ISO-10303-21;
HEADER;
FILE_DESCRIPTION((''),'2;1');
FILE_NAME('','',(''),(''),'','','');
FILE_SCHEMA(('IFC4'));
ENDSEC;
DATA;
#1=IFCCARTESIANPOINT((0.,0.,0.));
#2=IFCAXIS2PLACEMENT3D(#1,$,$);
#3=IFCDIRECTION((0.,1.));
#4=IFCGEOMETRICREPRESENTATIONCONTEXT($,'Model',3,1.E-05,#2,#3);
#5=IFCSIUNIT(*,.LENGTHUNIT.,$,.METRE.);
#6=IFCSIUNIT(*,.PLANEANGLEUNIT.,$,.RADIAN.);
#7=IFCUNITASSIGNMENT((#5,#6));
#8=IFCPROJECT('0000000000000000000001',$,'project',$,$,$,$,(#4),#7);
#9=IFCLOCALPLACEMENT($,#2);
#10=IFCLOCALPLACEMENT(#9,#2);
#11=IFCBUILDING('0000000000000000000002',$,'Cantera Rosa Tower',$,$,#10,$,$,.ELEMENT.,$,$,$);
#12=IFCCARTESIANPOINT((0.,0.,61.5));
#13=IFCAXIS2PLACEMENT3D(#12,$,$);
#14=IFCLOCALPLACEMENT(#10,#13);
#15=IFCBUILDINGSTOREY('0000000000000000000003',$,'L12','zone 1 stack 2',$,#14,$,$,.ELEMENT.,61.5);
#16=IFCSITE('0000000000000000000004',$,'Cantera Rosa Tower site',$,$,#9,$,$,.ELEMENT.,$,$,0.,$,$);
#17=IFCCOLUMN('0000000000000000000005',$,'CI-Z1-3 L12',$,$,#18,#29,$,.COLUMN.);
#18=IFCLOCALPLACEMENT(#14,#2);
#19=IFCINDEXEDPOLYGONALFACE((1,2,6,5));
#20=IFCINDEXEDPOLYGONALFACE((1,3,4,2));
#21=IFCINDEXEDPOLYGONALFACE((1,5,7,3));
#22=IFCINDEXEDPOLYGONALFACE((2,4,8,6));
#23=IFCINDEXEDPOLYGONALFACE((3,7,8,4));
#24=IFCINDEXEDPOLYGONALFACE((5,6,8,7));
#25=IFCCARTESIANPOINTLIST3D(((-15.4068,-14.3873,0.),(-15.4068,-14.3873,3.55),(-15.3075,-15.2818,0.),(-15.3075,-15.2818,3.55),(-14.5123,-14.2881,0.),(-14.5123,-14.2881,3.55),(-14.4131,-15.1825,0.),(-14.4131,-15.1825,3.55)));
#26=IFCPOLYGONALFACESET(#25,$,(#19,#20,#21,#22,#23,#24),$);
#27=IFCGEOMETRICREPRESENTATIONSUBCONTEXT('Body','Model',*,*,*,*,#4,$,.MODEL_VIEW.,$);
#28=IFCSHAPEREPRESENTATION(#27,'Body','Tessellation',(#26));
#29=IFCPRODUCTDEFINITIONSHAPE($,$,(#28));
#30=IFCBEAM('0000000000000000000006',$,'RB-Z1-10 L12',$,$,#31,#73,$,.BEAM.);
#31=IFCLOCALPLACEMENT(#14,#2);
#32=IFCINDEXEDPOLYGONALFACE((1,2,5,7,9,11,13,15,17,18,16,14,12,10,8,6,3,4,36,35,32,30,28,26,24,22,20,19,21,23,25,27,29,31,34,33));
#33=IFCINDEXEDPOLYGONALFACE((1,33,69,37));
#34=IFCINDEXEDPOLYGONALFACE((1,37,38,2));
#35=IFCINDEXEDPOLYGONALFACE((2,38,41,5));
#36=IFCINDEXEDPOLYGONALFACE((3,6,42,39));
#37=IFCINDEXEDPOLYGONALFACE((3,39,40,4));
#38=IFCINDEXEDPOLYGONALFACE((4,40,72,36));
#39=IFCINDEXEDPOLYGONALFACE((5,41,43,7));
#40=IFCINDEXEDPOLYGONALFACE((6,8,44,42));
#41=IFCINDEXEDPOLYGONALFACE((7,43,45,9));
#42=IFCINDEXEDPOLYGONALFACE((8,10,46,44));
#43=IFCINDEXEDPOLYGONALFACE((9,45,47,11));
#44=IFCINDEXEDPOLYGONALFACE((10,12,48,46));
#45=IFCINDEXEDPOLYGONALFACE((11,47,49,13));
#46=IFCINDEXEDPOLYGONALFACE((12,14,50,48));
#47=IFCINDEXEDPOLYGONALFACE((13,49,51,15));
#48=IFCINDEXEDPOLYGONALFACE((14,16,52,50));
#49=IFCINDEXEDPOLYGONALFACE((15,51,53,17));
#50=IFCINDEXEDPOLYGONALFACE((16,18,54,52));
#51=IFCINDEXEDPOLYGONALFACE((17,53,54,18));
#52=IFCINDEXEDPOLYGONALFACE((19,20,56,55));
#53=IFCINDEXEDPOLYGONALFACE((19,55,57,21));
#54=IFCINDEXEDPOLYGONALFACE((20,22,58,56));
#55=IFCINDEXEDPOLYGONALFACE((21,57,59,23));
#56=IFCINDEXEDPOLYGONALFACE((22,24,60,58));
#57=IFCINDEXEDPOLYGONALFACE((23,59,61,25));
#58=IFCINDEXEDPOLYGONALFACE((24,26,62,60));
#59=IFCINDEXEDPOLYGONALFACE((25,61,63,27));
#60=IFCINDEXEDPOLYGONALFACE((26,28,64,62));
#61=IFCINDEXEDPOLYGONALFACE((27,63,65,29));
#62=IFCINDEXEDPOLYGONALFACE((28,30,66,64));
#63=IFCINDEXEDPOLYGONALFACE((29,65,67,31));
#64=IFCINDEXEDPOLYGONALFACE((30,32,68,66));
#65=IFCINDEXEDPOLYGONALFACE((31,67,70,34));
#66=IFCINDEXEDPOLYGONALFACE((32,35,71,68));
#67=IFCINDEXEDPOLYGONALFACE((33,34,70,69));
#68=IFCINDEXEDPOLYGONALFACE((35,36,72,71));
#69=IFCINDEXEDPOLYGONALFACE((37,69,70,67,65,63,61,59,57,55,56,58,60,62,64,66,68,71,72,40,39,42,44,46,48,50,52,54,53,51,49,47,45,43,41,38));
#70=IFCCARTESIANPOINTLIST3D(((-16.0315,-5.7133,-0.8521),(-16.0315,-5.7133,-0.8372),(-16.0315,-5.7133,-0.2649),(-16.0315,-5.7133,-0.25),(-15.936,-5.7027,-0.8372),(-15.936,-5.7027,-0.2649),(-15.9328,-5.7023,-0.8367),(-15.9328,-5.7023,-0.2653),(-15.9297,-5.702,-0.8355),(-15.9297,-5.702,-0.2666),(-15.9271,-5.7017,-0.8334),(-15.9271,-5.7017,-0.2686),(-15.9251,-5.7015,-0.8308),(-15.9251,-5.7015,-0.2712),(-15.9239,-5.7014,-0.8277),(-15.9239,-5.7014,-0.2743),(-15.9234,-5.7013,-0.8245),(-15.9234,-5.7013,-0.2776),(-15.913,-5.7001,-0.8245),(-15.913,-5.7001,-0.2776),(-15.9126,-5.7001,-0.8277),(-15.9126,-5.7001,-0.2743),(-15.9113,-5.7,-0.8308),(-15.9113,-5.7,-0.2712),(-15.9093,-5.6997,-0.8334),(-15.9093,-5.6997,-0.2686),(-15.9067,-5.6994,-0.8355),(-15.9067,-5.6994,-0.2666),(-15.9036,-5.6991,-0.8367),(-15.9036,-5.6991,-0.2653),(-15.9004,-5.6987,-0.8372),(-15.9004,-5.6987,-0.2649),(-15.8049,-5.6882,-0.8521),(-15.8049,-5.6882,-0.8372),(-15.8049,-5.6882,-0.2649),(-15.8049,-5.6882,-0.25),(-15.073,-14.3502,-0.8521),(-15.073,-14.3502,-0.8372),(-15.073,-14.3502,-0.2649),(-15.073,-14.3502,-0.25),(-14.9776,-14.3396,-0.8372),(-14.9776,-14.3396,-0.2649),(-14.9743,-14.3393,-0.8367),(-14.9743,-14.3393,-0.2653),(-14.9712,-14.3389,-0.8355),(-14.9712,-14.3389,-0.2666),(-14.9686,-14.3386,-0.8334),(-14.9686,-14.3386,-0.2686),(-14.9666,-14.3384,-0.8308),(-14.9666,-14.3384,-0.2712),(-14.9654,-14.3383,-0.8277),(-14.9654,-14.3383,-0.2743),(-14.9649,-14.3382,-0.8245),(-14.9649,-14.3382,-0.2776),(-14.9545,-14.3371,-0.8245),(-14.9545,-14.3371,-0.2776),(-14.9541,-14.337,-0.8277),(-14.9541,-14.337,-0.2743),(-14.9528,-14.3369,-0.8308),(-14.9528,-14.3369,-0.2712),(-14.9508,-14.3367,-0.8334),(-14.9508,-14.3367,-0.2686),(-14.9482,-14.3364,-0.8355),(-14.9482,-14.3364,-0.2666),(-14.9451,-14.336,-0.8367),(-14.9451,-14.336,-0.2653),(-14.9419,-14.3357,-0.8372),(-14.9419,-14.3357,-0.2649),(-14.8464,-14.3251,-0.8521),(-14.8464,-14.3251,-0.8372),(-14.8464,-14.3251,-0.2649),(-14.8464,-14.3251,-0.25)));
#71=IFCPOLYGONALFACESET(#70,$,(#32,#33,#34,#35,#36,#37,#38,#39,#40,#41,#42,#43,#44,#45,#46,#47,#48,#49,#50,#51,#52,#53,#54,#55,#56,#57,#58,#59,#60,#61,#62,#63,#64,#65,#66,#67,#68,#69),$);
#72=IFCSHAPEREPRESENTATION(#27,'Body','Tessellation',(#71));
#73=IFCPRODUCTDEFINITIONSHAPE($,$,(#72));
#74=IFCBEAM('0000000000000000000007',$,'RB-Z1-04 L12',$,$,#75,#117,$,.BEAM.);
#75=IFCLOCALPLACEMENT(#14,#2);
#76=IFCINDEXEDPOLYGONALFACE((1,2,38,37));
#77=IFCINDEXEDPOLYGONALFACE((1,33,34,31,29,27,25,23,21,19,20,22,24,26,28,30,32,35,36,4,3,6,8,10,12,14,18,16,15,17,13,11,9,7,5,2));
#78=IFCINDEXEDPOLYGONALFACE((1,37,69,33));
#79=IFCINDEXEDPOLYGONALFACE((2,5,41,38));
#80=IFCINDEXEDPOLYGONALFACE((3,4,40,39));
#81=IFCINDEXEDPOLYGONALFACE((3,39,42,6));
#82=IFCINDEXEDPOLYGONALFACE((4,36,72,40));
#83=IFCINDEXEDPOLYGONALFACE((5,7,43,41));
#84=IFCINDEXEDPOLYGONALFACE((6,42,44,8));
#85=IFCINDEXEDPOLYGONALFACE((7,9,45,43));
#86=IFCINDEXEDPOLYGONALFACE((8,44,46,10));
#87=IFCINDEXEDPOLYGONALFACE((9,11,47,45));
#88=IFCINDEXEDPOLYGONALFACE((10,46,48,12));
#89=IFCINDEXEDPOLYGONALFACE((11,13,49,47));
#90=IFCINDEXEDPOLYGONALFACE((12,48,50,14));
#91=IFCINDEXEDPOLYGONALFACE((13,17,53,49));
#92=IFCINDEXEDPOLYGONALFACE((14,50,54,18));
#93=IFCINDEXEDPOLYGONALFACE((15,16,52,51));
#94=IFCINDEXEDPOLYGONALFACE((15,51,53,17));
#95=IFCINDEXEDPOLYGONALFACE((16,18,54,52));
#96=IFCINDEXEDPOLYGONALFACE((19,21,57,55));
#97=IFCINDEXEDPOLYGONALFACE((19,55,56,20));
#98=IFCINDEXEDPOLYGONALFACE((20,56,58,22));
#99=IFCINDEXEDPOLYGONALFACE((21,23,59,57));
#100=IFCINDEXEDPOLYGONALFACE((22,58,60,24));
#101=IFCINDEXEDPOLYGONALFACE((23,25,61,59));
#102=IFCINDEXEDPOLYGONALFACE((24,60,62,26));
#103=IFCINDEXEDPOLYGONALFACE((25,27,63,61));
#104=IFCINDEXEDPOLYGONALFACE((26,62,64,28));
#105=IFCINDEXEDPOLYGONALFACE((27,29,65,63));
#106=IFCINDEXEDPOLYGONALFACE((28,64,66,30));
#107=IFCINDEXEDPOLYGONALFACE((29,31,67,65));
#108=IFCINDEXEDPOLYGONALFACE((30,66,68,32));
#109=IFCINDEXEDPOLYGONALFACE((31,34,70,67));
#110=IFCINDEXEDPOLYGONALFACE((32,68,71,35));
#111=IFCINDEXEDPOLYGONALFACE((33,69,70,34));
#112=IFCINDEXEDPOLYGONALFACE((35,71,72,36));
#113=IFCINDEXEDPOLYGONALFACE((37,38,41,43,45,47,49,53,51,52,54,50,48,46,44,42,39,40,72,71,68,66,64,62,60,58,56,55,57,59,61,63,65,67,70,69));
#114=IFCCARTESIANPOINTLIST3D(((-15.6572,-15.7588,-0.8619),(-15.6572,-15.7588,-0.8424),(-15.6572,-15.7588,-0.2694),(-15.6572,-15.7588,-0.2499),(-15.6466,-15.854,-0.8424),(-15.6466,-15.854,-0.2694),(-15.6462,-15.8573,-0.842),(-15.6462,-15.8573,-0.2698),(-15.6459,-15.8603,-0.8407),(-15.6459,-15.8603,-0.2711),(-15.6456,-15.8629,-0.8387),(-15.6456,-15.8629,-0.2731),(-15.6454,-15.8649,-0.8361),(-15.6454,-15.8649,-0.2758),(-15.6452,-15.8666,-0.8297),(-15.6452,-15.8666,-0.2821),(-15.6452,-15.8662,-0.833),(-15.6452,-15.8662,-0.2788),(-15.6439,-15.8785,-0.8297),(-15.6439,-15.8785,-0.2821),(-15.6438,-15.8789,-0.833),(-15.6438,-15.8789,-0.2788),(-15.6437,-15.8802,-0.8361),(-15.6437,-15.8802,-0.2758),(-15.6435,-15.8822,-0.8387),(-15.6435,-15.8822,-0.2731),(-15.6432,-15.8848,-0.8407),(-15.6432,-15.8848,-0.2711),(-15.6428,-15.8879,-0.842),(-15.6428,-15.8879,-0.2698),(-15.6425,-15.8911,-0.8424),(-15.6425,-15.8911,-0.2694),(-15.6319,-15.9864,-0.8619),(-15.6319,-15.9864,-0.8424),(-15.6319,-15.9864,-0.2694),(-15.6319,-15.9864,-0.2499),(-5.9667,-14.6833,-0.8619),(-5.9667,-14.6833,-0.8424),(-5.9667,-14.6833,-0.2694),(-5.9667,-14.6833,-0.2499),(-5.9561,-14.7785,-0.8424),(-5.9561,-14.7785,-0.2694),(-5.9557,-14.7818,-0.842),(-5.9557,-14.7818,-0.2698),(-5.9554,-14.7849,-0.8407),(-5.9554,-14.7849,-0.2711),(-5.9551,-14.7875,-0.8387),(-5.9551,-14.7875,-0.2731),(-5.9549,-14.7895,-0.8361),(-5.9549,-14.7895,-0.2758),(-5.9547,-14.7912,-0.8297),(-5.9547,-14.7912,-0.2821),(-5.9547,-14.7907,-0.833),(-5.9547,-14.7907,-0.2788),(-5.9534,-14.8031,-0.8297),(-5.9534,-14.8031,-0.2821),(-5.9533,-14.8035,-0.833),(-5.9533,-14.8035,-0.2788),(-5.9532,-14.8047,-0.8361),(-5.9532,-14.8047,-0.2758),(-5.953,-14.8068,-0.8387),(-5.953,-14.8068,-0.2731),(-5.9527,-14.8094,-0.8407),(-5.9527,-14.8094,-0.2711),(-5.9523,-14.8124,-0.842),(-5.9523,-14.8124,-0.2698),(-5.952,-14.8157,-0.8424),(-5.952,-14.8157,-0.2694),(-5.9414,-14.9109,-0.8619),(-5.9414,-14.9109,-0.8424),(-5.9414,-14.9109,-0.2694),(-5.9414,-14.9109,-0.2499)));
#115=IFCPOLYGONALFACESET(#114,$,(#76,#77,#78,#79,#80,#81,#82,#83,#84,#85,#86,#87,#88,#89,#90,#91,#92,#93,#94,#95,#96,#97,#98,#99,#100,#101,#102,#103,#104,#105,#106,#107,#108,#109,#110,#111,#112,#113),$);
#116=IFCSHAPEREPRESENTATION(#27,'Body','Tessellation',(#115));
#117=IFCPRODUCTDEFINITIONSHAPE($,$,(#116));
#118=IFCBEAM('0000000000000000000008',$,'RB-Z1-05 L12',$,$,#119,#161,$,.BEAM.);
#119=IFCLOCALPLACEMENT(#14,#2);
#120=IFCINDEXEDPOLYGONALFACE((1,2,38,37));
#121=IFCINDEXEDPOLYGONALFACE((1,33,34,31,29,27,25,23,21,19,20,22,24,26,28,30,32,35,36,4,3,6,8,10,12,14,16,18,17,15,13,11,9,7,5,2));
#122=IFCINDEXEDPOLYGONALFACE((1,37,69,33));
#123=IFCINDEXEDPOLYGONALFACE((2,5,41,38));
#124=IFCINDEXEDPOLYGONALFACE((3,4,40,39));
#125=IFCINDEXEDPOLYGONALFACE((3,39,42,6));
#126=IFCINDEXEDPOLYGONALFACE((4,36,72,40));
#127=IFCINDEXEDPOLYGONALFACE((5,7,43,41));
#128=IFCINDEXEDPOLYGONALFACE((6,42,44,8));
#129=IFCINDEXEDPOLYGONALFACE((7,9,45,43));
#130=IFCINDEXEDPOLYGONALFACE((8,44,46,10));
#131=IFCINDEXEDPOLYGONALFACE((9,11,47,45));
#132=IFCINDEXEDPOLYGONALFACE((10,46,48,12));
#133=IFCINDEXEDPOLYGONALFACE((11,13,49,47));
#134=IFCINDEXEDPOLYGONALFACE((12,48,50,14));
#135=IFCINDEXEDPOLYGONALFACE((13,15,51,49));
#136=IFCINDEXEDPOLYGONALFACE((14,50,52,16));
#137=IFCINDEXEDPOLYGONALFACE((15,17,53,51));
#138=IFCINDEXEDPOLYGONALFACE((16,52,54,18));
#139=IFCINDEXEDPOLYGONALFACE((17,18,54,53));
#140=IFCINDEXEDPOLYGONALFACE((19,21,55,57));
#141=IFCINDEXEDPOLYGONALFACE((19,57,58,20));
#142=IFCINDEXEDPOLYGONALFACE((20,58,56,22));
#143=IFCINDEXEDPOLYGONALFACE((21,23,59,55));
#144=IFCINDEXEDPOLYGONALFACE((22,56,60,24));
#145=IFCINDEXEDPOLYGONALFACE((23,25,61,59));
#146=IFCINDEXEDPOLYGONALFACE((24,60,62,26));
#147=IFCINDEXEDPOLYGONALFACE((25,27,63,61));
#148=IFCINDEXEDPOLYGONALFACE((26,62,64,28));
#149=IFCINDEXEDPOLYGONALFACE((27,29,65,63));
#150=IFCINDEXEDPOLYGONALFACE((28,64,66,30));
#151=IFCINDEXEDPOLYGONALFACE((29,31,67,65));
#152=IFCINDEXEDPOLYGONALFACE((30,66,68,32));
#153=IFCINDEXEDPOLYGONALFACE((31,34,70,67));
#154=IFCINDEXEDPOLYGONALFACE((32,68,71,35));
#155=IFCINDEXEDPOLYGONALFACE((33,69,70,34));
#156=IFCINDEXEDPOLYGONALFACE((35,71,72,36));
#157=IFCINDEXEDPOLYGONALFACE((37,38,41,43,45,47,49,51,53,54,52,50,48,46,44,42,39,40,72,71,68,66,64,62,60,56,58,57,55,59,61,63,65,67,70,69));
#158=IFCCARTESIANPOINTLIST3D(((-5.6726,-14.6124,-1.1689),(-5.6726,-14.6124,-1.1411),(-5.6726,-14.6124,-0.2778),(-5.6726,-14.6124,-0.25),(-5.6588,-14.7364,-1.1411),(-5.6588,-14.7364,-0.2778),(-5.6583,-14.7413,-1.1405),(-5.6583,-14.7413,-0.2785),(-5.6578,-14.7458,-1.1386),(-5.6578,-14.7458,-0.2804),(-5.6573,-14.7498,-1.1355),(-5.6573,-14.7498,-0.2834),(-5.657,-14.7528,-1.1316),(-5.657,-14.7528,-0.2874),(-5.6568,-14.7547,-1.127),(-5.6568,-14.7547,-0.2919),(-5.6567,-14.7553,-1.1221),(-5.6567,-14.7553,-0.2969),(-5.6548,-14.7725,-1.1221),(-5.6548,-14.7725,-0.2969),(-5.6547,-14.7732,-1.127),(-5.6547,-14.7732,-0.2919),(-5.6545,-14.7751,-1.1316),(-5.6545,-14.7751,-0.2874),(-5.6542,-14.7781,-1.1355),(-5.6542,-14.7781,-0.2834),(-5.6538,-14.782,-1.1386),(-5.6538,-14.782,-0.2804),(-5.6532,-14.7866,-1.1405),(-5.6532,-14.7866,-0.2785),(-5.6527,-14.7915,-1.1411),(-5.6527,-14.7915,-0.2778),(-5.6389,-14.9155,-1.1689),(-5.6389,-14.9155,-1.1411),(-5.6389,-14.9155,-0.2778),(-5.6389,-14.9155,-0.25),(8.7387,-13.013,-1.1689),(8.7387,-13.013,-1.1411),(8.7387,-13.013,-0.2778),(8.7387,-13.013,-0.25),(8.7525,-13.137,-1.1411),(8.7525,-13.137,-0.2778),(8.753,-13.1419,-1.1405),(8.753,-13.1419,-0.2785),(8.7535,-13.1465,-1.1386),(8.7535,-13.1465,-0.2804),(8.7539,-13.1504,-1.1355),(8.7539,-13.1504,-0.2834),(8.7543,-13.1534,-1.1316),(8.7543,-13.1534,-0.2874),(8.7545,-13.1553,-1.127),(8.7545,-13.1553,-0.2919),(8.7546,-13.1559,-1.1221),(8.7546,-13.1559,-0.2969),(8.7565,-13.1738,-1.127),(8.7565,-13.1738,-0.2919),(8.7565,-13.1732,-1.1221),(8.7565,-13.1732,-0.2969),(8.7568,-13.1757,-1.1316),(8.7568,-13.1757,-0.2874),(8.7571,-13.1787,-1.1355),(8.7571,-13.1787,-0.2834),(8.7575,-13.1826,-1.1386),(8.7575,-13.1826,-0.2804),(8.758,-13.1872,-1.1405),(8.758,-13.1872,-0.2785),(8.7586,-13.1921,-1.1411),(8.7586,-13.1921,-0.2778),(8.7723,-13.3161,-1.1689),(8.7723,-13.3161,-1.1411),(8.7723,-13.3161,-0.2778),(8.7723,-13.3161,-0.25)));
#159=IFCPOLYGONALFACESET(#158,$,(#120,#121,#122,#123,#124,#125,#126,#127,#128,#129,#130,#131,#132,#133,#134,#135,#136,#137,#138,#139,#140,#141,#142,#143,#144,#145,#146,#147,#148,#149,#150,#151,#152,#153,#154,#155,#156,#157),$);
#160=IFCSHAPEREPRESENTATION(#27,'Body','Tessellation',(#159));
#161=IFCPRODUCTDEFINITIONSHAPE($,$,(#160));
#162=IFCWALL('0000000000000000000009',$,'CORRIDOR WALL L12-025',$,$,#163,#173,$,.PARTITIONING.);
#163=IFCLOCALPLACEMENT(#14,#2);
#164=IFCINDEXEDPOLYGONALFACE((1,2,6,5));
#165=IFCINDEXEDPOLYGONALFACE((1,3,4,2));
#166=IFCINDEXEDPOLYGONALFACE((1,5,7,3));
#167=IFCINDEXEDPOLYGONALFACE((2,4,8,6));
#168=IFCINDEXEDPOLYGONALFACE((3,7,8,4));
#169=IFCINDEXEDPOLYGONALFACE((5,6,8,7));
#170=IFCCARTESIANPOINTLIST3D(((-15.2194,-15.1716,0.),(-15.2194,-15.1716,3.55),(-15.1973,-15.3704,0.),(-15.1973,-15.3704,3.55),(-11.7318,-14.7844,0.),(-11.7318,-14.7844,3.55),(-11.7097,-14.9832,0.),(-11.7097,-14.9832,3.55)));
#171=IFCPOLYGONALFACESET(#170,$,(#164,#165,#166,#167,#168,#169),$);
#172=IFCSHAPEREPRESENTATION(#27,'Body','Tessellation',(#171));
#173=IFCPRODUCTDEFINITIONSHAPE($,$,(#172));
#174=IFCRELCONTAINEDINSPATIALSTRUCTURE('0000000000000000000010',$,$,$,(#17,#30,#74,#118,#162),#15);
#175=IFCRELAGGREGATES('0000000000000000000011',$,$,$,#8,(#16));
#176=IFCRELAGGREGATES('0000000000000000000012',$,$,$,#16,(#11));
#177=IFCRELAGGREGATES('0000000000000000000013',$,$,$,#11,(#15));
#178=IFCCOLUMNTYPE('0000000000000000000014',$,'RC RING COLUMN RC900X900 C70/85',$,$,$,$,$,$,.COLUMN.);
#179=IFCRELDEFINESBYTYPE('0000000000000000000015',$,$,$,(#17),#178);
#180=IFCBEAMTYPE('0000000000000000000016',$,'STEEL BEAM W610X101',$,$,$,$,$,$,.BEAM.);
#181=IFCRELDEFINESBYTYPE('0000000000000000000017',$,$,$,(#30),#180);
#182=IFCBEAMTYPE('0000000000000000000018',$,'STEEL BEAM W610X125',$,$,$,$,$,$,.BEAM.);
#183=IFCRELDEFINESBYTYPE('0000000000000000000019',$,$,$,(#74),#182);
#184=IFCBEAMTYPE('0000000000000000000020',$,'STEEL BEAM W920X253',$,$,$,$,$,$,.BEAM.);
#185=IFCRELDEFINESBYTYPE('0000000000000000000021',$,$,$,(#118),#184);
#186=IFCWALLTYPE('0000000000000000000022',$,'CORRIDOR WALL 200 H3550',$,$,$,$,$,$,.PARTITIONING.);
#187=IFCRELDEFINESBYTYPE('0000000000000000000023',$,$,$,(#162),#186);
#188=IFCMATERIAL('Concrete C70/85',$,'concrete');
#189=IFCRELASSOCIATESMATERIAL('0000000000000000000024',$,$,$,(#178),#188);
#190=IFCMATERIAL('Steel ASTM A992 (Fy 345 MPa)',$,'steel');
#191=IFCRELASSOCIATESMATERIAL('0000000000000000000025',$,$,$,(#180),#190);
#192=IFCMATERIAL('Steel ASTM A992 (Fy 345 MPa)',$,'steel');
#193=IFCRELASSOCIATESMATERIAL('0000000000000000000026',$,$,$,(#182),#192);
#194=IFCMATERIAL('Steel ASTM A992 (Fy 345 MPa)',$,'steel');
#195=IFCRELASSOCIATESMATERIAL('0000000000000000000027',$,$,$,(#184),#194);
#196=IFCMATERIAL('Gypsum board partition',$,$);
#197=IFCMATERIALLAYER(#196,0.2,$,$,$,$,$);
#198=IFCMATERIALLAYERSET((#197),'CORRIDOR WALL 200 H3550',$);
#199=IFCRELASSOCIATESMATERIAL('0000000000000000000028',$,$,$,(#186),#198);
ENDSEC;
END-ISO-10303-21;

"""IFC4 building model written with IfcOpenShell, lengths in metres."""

from ifc_helpers import new_model, si_unit, direction, frame, frame_2d, origin, origin_2d, place, context, subcontext, project, spatial, rectangle, i_section, extrude, material, layer, layer_set, material_profile, profile_set, type_object, element, save


model = new_model("IFC4")

# Units and contexts
model_context = context("Model", 3, precision=1e-05, world=origin(), true_north=direction((0.0, 1.0)))
body_context = subcontext(model_context, "Body", "Model", "MODEL_VIEW")
ifc_project = project(units=[si_unit("LENGTHUNIT", "METRE"), si_unit("PLANEANGLEUNIT", "RADIAN")], contexts=[model_context])

# Site, building, storey
site_placement = place(None, origin())
site = spatial("IfcSite", under=ifc_project, at=site_placement, Name="Cantera Rosa Tower site", CompositionType="ELEMENT", RefElevation=0.0)
building_placement = place(site_placement, origin())
building = spatial("IfcBuilding", under=site, at=building_placement, Name="Cantera Rosa Tower", CompositionType="ELEMENT")
storey_placement = place(building_placement, frame((0.0, 0.0, 61.5)))
storey = spatial("IfcBuildingStorey", under=building, at=storey_placement, Name="L12", Description="zone 1 stack 2", CompositionType="ELEMENT", Elevation=61.5)

# Column
ifc_material_1 = material(Name="Concrete C70/85", Category="concrete")
ifc_material_profile_1 = material_profile(ifc_material_1, rectangle(XDim=0.8999, YDim=0.8999, at=origin_2d()), Name="RC RING COLUMN RC900X900 C70/85")
ifc_profile_set_1 = profile_set([ifc_material_profile_1], Name="Concrete C70/85")
column_type = type_object("IfcColumnType", Name="RC RING COLUMN RC900X900 C70/85", PredefinedType="COLUMN", material=ifc_profile_set_1)
column_placement = place(storey_placement, frame((-14.9099, -14.7849, 0.0), z_axis=(0.0, 0.0, 1.0), x_axis=(0.993897, 0.110313, 0.0)))
element("IfcColumn", 1, at=column_placement, inside=storey, type_object=column_type, Name="CI-Z1-3 L12", PredefinedType="COLUMN", context=body_context, shape_type="SweptSolid", body=[
    extrude(rectangle(XDim=0.8999, YDim=0.8999, at=origin_2d()), origin(), (0.0, 0.0, 1.0), 3.55),
])

# Beams
ifc_material_2 = material(Name="Steel ASTM A992 (Fy 345 MPa)", Category="steel")
ifc_material_profile_2 = material_profile(ifc_material_2, i_section(OverallWidth=0.228, OverallDepth=0.6021, WebThickness=0.0105, FlangeThickness=0.0149, FilletRadius=0.0127, at=origin_2d()), Name="W610X101")
ifc_profile_set_2 = profile_set([ifc_material_profile_2], Name="Steel ASTM A992 (Fy 345 MPa)")
beam_type_1 = type_object("IfcBeamType", Name="STEEL BEAM W610X101", PredefinedType="BEAM", material=ifc_profile_set_2)
beam_1_placement = place(storey_placement, frame((-14.9597, -14.3376, -0.551), z_axis=(-0.110299, 0.993898, 0.0), x_axis=(-0.993898, -0.110299, 0.0)))
element("IfcBeam", 2, at=beam_1_placement, inside=storey, type_object=beam_type_1, Name="RB-Z1-10 L12", PredefinedType="BEAM", context=body_context, shape_type="SweptSolid", body=[
    extrude(i_section(OverallWidth=0.228, OverallDepth=0.6021, WebThickness=0.0105, FlangeThickness=0.0149, FilletRadius=0.0127, at=origin_2d()), origin(), (0.0, 0.0, 1.0), 8.6899),
])
ifc_material_3 = material(Name="Steel ASTM A992 (Fy 345 MPa)", Category="steel")
ifc_material_profile_3 = material_profile(ifc_material_3, i_section(OverallWidth=0.229, OverallDepth=0.6121, WebThickness=0.012, FlangeThickness=0.0195, FilletRadius=0.0127, at=origin_2d()), Name="W610X125")
ifc_profile_set_3 = profile_set([ifc_material_profile_3], Name="Steel ASTM A992 (Fy 345 MPa)")
beam_type_2 = type_object("IfcBeamType", Name="STEEL BEAM W610X125", PredefinedType="BEAM", material=ifc_profile_set_3)
beam_2_placement = place(storey_placement, frame((-15.6445, -15.8726, -0.5559), z_axis=(0.993898, 0.110302, 0.0), x_axis=(-0.110302, 0.993898, 0.0)))
element("IfcBeam", 3, at=beam_2_placement, inside=storey, type_object=beam_type_2, Name="RB-Z1-04 L12", PredefinedType="BEAM", context=body_context, shape_type="SweptSolid", body=[
    extrude(i_section(OverallWidth=0.229, OverallDepth=0.6121, WebThickness=0.012, FlangeThickness=0.0195, FilletRadius=0.0127, at=origin_2d()), origin(), (0.0, 0.0, 1.0), 9.75),
])
ifc_material_4 = material(Name="Steel ASTM A992 (Fy 345 MPa)", Category="steel")
ifc_material_profile_4 = material_profile(ifc_material_4, i_section(OverallWidth=0.3049, OverallDepth=0.9189, WebThickness=0.0173, FlangeThickness=0.0278, FilletRadius=0.019, at=origin_2d()), Name="W920X253")
ifc_profile_set_4 = profile_set([ifc_material_profile_4], Name="Steel ASTM A992 (Fy 345 MPa)")
beam_type_3 = type_object("IfcBeamType", Name="STEEL BEAM W920X253", PredefinedType="BEAM", material=ifc_profile_set_4)
beam_3_placement = place(storey_placement, frame((-5.6558, -14.7639, -0.7095), z_axis=(0.993898, 0.110302, 0.0), x_axis=(-0.110302, 0.993898, 0.0)))
element("IfcBeam", 4, at=beam_3_placement, inside=storey, type_object=beam_type_3, Name="RB-Z1-05 L12", PredefinedType="BEAM", context=body_context, shape_type="SweptSolid", body=[
    extrude(i_section(OverallWidth=0.3049, OverallDepth=0.9189, WebThickness=0.0173, FlangeThickness=0.0278, FilletRadius=0.019, at=origin_2d()), origin(), (0.0, 0.0, 1.0), 14.4998),
])

# Wall
ifc_material_5 = material(Name="Gypsum board partition")
ifc_layer_1 = layer(ifc_material_5, 0.2)
ifc_layer_set_1 = layer_set([ifc_layer_1], Name="CORRIDOR WALL 200 H3550")
wall_type_1 = type_object("IfcWallType", Name="CORRIDOR WALL 200 H3550", PredefinedType="PARTITIONING", material=ifc_layer_set_1)
wall_1_placement = place(storey_placement, frame((-15.2083, -15.271, 0.0), z_axis=(0.0, 0.0, 1.0), x_axis=(0.993893, 0.110348, 0.0)))
element("IfcWall", 5, at=wall_1_placement, inside=storey, type_object=wall_type_1, Name="CORRIDOR WALL L12-025", PredefinedType="PARTITIONING", context=body_context, shape_type="SweptSolid", body=[
    extrude(rectangle(XDim=3.509, YDim=0.2, at=frame_2d((1.7544, 0.0))), origin(), (0.0, 0.0, 1.0), 3.55),
])

save(model, "model.ifc")
